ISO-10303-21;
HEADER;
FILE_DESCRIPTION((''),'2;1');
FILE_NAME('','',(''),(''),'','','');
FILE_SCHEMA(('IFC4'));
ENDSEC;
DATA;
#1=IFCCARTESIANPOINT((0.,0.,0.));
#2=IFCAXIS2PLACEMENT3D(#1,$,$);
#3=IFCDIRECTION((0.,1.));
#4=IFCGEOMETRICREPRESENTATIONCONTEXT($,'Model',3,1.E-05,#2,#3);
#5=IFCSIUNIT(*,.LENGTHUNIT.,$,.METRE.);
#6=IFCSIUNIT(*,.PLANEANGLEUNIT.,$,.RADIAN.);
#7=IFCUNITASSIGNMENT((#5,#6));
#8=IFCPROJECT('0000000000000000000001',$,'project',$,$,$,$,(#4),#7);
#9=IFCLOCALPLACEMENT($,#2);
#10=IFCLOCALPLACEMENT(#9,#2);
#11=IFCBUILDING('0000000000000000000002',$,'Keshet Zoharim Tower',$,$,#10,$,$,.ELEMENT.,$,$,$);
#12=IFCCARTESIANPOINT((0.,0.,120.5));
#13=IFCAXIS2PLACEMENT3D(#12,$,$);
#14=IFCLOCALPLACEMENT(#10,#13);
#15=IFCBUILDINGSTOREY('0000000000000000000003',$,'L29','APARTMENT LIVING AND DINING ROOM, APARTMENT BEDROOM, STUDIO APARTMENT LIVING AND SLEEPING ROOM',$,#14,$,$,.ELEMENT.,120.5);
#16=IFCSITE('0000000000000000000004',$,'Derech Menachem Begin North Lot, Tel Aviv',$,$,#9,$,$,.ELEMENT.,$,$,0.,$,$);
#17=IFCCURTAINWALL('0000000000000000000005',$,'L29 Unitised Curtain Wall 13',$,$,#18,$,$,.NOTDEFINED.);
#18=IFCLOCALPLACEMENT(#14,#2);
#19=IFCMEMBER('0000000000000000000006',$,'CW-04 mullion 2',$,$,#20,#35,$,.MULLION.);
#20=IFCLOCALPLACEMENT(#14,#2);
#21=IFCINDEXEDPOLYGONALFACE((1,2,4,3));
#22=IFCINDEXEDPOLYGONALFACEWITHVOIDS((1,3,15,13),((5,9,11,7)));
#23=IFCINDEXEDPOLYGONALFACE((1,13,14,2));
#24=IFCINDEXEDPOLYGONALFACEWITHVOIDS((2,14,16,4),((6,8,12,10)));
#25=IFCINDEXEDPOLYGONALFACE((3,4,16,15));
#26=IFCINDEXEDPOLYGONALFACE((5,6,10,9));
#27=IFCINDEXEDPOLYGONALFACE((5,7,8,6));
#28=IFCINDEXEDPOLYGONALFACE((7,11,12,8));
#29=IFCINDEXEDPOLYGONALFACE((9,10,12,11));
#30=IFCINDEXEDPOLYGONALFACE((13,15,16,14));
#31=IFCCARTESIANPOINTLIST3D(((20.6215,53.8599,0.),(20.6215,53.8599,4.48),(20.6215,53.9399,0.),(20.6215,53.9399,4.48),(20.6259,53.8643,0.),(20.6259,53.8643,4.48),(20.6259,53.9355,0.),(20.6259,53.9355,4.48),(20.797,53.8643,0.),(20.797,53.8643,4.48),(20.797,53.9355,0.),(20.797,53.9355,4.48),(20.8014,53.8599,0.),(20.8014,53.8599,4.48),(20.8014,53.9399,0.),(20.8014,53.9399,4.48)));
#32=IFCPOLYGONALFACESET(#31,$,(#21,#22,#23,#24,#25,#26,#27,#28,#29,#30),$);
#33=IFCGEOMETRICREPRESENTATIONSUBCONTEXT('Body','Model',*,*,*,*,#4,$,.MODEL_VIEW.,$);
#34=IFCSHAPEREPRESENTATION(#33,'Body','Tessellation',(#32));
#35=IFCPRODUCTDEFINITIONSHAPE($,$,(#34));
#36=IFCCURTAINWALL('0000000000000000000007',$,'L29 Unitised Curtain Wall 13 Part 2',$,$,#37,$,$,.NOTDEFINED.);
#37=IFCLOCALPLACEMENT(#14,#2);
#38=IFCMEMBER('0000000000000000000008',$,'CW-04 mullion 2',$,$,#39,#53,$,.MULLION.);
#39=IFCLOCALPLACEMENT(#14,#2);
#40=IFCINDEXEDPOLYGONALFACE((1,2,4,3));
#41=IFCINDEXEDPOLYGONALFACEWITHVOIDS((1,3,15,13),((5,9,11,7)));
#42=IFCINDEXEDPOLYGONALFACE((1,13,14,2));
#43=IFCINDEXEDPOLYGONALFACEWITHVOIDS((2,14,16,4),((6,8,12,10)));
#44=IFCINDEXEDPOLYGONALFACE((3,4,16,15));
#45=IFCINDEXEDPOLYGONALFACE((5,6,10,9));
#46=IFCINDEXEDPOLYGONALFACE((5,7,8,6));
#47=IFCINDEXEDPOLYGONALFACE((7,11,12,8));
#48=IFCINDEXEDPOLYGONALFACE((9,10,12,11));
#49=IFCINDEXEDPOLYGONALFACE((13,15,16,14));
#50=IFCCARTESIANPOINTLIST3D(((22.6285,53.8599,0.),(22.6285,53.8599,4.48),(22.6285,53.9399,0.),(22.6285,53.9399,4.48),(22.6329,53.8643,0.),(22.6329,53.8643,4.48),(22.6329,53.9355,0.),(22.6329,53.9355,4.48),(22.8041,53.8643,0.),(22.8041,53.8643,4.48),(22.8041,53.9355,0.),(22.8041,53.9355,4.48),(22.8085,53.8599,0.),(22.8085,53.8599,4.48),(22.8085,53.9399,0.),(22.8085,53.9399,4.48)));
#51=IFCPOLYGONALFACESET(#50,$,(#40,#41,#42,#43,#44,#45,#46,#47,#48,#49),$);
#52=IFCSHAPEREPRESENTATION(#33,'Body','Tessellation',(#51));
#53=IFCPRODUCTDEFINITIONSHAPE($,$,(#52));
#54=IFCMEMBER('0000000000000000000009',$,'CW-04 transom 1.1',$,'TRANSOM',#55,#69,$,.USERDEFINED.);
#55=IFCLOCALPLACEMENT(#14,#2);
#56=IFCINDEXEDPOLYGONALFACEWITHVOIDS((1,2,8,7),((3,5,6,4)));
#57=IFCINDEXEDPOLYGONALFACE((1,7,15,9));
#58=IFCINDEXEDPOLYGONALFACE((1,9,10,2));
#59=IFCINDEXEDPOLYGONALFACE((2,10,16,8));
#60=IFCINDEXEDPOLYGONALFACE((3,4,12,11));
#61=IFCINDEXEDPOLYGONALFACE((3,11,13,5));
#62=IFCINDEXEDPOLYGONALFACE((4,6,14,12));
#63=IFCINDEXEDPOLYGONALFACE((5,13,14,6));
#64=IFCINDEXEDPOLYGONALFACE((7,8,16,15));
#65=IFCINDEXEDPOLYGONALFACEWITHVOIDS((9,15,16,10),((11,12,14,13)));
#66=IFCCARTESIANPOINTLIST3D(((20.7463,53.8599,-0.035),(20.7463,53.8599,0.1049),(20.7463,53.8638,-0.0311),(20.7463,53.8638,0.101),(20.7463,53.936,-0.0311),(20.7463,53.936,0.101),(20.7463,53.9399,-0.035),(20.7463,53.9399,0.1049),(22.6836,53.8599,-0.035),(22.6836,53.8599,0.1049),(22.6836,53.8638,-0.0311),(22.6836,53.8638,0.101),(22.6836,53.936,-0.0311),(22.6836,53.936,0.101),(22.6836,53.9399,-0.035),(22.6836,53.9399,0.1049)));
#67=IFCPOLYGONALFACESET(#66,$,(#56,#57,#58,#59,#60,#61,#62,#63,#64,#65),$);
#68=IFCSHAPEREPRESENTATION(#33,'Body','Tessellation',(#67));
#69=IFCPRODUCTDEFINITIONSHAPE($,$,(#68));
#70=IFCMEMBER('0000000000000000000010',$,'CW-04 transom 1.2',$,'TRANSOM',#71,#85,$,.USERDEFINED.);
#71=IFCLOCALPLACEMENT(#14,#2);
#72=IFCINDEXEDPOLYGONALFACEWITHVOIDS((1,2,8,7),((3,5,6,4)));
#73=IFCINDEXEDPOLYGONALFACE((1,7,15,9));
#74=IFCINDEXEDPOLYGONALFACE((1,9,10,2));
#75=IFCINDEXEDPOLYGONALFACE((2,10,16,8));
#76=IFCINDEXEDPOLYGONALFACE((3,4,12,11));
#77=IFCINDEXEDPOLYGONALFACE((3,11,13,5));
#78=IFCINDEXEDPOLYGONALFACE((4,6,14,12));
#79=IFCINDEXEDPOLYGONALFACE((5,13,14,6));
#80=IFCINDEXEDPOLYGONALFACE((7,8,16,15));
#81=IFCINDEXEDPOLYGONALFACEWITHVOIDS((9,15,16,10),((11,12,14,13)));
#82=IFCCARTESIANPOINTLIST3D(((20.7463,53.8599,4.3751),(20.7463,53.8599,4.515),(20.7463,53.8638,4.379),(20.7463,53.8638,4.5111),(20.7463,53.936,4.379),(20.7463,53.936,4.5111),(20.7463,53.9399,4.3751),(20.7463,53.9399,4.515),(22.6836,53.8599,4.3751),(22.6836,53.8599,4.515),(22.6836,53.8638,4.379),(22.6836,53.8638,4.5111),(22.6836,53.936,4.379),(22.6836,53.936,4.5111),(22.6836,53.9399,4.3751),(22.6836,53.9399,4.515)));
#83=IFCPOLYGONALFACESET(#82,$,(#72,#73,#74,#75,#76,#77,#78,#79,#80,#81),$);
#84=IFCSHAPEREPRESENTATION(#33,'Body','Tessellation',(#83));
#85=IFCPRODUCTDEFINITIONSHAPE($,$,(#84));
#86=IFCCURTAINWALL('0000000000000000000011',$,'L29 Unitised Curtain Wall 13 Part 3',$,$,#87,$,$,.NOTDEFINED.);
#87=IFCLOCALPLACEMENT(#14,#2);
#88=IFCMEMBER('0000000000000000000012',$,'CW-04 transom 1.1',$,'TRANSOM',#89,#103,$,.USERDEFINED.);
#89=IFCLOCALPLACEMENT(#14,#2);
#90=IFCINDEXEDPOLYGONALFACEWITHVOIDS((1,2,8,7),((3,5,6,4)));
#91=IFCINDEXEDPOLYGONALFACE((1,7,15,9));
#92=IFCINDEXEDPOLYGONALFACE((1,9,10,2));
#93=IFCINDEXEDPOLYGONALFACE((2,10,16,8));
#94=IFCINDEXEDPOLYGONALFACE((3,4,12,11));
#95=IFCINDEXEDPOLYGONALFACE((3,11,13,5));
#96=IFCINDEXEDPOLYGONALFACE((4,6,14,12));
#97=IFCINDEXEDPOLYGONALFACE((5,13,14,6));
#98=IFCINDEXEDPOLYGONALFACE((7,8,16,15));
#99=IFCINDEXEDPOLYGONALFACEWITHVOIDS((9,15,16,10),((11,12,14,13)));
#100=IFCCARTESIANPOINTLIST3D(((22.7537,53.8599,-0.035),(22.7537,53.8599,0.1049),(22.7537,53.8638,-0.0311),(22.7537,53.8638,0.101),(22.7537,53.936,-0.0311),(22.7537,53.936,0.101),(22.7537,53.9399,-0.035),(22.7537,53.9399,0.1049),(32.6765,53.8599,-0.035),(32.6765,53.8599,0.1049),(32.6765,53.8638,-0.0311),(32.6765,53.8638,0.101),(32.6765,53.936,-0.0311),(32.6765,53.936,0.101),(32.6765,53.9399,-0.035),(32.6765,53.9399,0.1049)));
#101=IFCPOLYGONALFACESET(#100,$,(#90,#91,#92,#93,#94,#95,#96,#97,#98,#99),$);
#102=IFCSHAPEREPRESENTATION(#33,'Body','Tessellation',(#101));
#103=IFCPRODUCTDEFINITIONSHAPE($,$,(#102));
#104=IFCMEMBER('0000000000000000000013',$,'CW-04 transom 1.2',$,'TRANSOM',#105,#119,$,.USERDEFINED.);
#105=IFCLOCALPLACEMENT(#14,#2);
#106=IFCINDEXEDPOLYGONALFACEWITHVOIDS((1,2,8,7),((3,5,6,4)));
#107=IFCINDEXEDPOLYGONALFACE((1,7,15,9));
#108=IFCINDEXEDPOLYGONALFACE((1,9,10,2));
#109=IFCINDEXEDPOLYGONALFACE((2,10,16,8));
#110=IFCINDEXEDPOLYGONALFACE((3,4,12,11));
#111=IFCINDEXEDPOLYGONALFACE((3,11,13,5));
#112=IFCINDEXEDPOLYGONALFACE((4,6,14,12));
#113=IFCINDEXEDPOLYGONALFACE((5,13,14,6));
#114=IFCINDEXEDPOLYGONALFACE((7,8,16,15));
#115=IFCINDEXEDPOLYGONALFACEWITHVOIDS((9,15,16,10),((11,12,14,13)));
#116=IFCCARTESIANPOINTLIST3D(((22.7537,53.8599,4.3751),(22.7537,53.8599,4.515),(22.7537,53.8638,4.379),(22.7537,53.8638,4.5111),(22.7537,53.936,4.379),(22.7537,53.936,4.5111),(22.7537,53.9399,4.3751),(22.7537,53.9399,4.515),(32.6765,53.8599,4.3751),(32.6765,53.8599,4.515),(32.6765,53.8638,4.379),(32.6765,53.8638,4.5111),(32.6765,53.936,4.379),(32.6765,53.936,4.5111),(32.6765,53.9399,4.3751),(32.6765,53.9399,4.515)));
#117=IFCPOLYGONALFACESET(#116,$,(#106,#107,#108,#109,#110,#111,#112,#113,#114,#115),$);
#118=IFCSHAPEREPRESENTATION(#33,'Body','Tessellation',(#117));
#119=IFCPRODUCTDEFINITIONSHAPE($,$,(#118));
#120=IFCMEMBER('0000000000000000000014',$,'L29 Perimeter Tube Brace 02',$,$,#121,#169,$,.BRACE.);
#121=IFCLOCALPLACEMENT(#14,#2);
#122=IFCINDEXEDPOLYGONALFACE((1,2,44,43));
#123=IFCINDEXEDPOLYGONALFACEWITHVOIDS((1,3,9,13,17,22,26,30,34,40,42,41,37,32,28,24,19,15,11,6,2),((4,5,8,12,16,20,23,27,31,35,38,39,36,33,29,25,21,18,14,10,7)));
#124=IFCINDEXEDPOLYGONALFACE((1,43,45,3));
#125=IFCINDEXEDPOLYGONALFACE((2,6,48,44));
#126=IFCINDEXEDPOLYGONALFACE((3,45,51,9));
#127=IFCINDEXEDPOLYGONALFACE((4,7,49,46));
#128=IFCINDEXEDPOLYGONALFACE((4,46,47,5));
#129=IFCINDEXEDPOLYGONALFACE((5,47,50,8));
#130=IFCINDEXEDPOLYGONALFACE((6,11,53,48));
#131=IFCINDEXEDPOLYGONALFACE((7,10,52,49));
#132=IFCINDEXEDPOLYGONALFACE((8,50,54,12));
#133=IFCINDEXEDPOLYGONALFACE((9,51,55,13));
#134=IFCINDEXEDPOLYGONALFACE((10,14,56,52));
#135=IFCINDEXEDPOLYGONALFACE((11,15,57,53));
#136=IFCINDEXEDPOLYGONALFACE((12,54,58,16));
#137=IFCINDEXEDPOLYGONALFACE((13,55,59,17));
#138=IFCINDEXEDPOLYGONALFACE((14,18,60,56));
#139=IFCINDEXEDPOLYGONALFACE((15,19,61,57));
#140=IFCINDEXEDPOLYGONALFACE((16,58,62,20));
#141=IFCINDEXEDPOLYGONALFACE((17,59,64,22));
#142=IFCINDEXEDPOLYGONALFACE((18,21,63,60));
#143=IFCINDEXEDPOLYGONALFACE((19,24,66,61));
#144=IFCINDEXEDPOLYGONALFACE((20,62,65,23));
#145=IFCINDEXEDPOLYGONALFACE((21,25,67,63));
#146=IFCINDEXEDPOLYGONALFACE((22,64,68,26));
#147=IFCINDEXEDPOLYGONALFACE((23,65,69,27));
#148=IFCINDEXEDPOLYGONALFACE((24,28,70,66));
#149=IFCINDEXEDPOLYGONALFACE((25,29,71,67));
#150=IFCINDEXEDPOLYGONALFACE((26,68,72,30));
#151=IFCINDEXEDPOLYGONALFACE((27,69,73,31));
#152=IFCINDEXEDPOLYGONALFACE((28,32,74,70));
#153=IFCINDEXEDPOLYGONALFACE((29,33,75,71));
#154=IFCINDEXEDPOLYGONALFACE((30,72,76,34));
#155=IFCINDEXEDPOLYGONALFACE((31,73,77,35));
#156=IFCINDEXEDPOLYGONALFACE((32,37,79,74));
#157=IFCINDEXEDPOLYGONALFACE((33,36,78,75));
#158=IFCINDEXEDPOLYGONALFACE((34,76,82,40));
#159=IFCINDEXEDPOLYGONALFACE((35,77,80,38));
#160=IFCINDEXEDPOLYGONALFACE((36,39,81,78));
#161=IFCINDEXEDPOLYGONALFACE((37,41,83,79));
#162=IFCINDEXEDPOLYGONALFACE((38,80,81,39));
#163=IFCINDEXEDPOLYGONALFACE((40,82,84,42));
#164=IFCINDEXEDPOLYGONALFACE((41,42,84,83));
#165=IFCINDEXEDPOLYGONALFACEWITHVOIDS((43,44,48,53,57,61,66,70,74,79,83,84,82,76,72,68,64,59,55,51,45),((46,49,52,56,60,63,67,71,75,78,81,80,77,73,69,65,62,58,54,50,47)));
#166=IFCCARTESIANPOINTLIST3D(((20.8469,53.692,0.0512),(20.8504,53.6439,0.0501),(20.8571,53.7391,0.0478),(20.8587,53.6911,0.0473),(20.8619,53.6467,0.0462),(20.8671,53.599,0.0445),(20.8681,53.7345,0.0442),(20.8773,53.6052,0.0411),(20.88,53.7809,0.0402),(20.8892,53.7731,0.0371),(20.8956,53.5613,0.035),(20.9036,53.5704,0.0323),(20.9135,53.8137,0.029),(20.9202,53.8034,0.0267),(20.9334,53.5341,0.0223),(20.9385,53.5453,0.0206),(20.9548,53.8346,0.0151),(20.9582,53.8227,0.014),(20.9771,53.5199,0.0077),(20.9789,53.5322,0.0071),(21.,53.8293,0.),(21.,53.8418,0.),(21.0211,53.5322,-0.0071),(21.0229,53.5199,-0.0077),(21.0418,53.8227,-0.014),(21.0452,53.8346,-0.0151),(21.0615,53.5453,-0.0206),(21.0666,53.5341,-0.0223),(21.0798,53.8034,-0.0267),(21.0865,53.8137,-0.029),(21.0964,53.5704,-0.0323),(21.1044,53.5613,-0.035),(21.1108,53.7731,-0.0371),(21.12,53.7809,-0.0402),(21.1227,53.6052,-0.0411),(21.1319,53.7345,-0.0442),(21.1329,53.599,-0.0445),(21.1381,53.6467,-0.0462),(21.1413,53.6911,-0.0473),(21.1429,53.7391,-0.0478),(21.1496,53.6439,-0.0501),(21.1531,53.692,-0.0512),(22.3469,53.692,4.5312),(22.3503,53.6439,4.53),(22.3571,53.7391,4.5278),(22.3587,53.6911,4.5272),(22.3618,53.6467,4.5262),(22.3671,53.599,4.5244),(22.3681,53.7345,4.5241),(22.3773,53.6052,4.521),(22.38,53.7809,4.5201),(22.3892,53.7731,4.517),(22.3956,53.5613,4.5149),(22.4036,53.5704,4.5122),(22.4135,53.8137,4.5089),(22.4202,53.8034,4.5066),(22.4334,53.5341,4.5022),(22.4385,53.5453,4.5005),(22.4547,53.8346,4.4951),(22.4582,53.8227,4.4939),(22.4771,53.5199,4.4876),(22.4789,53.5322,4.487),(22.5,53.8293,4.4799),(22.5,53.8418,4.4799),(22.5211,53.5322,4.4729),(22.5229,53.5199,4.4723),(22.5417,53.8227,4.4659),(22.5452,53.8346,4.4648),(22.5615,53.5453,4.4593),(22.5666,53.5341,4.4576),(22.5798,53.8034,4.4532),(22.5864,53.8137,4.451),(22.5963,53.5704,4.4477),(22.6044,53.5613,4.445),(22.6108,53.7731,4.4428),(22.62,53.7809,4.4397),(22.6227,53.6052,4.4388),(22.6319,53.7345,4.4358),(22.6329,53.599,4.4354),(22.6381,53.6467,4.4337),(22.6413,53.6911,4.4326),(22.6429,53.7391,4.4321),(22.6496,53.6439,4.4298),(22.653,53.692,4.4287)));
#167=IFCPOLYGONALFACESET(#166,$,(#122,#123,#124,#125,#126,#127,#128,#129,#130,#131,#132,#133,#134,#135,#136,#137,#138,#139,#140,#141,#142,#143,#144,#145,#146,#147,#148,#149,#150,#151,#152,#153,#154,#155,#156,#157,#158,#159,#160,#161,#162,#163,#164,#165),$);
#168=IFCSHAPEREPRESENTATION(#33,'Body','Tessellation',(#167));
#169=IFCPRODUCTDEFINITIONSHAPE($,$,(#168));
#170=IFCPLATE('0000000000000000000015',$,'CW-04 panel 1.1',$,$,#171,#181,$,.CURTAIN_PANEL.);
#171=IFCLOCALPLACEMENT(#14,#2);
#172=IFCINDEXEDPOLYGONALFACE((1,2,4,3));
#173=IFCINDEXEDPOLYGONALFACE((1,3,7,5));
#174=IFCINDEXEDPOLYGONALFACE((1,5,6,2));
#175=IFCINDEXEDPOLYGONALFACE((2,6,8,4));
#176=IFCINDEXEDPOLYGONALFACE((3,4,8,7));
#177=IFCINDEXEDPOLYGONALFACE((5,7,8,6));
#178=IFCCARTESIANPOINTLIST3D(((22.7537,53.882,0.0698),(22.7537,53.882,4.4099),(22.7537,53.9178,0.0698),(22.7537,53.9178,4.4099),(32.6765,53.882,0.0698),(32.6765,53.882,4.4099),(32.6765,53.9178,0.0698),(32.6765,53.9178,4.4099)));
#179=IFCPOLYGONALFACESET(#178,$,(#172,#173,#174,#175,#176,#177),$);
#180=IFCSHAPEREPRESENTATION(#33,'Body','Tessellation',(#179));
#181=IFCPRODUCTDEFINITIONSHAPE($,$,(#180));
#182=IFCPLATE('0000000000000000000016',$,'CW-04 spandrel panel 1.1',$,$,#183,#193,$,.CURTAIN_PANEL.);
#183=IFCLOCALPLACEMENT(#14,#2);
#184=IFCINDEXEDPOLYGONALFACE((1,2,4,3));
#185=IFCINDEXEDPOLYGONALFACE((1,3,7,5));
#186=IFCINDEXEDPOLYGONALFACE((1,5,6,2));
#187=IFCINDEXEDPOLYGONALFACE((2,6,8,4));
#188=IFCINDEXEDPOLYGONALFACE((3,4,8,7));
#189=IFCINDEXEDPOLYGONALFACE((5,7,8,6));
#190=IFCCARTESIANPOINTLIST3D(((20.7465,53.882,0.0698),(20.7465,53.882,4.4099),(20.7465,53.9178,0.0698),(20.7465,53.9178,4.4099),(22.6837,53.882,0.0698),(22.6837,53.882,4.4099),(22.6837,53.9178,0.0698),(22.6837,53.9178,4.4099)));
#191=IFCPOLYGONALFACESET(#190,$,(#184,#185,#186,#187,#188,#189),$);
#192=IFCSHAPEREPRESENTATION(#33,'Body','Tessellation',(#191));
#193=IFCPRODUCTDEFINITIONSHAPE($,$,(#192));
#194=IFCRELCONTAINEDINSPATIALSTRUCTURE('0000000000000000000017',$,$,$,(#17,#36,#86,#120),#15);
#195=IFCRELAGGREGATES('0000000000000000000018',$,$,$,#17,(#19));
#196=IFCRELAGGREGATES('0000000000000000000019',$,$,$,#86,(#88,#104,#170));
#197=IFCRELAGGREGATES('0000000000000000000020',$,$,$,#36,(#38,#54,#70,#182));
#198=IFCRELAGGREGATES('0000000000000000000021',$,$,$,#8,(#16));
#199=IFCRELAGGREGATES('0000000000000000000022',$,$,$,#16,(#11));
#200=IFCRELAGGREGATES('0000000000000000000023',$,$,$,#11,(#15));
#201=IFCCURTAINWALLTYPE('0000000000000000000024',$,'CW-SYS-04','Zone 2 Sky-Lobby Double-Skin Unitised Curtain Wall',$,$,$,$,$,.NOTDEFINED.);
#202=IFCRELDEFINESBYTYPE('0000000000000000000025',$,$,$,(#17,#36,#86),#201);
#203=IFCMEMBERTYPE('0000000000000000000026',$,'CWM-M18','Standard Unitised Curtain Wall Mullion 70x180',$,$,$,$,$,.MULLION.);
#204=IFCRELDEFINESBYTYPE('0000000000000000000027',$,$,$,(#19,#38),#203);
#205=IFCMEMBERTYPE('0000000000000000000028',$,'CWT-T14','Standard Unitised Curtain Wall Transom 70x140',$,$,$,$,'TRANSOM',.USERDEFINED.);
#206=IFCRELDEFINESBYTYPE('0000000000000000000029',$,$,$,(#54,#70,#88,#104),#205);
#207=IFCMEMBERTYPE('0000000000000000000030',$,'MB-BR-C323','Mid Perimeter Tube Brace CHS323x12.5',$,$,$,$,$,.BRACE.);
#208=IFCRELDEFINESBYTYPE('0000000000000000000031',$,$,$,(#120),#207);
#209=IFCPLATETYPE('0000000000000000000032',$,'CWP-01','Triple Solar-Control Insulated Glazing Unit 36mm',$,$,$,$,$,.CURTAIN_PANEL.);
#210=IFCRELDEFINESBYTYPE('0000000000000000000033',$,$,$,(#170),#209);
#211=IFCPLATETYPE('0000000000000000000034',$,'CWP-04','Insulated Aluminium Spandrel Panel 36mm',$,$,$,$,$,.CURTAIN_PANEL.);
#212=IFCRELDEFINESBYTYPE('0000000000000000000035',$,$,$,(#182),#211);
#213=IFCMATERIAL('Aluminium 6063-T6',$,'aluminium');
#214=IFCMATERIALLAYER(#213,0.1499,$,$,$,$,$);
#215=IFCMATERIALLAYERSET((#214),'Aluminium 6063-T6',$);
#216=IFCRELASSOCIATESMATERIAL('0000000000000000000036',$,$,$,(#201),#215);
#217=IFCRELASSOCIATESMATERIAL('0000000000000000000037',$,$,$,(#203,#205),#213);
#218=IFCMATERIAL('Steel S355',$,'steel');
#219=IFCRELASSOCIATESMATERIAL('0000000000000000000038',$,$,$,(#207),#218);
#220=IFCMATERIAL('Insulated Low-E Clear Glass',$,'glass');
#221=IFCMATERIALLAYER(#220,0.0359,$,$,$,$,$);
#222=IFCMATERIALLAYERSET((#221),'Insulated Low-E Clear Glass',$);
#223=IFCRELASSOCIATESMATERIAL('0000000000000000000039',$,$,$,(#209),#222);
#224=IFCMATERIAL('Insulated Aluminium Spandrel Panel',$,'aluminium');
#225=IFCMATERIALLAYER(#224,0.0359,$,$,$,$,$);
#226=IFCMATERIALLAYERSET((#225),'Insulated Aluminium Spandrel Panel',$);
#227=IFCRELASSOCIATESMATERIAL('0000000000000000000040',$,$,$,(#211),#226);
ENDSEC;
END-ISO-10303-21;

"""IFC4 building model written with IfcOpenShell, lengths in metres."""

from ifc_helpers import new_model, si_unit, direction, frame, origin, origin_2d, place, context, subcontext, project, spatial, rectangle, hollow_rectangle, hollow_circle, extrude, material, layer, layer_set, material_profile, profile_set, type_object, element, aggregate, save


model = new_model("IFC4")

# Units and contexts
model_context = context("Model", 3, precision=1e-05, world=origin(), true_north=direction((0.0, 1.0)))
body_context = subcontext(model_context, "Body", "Model", "MODEL_VIEW")
ifc_project = project(units=[si_unit("LENGTHUNIT", "METRE"), si_unit("PLANEANGLEUNIT", "RADIAN")], contexts=[model_context])

# Site, building, storey
site_placement = place(None, origin())
site = spatial("IfcSite", under=ifc_project, at=site_placement, Name="Derech Menachem Begin North Lot, Tel Aviv", CompositionType="ELEMENT", RefElevation=0.0)
building_placement = place(site_placement, origin())
building = spatial("IfcBuilding", under=site, at=building_placement, Name="Keshet Zoharim Tower", CompositionType="ELEMENT")
storey_placement = place(building_placement, frame((0.0, 0.0, 120.5)))
storey = spatial("IfcBuildingStorey", under=building, at=storey_placement, Name="L29", Description="APARTMENT LIVING AND DINING ROOM, APARTMENT BEDROOM, STUDIO APARTMENT LIVING AND SLEEPING ROOM", CompositionType="ELEMENT", Elevation=120.5)

# Shared definitions
ifc_material_1 = material(Name="Steel S355", Category="steel")

# Curtain wall, member
ifc_material_2 = material(Name="Aluminium 6063-T6", Category="aluminium")
ifc_layer_1 = layer(ifc_material_2, 0.1499)
ifc_layer_set_1 = layer_set([ifc_layer_1], Name="Aluminium 6063-T6")
curtain_wall_type = type_object("IfcCurtainWallType", Name="CW-SYS-04", Description="Zone 2 Sky-Lobby Double-Skin Unitised Curtain Wall", PredefinedType="NOTDEFINED", material=ifc_layer_set_1)
curtain_wall_1_placement = place(storey_placement, origin())
curtain_wall_1 = element("IfcCurtainWall", 1, at=curtain_wall_1_placement, inside=storey, type_object=curtain_wall_type, Name="L29 Unitised Curtain Wall 13", PredefinedType="NOTDEFINED")
ifc_material_profile_1 = material_profile(ifc_material_2, hollow_rectangle(XDim=0.0801, YDim=0.1799, WallThickness=0.0044, at=origin_2d()), Name="MUL-80x180")
ifc_profile_set_1 = profile_set([ifc_material_profile_1], Name="Aluminium 6063-T6")
member_type_1 = type_object("IfcMemberType", Name="CWM-M18", Description="Standard Unitised Curtain Wall Mullion 70x180", PredefinedType="MULLION", material=ifc_profile_set_1)
member_1_placement = place(storey_placement, frame((20.7114, 53.8999, 0.0), z_axis=(0.0, 0.0, 1.0), x_axis=(0.0, 1.0, 0.0)))
member_1 = element("IfcMember", 2, at=member_1_placement, type_object=member_type_1, Name="CW-04 mullion 2", PredefinedType="MULLION", context=body_context, shape_type="SweptSolid", body=[
    extrude(hollow_rectangle(XDim=0.0801, YDim=0.1799, WallThickness=0.0044, at=origin_2d()), origin(), (0.0, 0.0, 1.0), 4.48),
])
aggregate(curtain_wall_1, [member_1])

# Curtain walls, members
curtain_wall_2_placement = place(storey_placement, origin())
curtain_wall_2 = element("IfcCurtainWall", 3, at=curtain_wall_2_placement, inside=storey, type_object=curtain_wall_type, Name="L29 Unitised Curtain Wall 13 Part 2", PredefinedType="NOTDEFINED")
member_2_placement = place(storey_placement, frame((22.7185, 53.8999, 0.0), z_axis=(0.0, 0.0, 1.0), x_axis=(0.0, 1.0, 0.0)))
member_2 = element("IfcMember", 4, at=member_2_placement, type_object=member_type_1, Name="CW-04 mullion 2", PredefinedType="MULLION", context=body_context, shape_type="SweptSolid", body=[
    extrude(hollow_rectangle(XDim=0.0801, YDim=0.1799, WallThickness=0.0044, at=origin_2d()), origin(), (0.0, 0.0, 1.0), 4.48),
])
ifc_material_profile_2 = material_profile(ifc_material_2, hollow_rectangle(XDim=0.0801, YDim=0.1399, WallThickness=0.0039, at=origin_2d()), Name="TRN-80x140")
ifc_profile_set_2 = profile_set([ifc_material_profile_2], Name="Aluminium 6063-T6")
member_type_2 = type_object("IfcMemberType", Name="CWT-T14", Description="Standard Unitised Curtain Wall Transom 70x140", ElementType="TRANSOM", PredefinedType="USERDEFINED", material=ifc_profile_set_2)
member_3_placement = place(storey_placement, frame((20.7463, 53.8999, 0.0349), z_axis=(1.0, 0.0, 0.0), x_axis=(0.0, 1.0, 0.0)))
member_3 = element("IfcMember", 5, at=member_3_placement, type_object=member_type_2, Name="CW-04 transom 1.1", ObjectType="TRANSOM", PredefinedType="USERDEFINED", context=body_context, shape_type="SweptSolid", body=[
    extrude(hollow_rectangle(XDim=0.0801, YDim=0.1399, WallThickness=0.0039, at=origin_2d()), origin(), (0.0, 0.0, 1.0), 1.9373),
])
member_4_placement = place(storey_placement, frame((20.7463, 53.8999, 4.4451), z_axis=(1.0, 0.0, 0.0), x_axis=(0.0, 1.0, 0.0)))
member_4 = element("IfcMember", 6, at=member_4_placement, type_object=member_type_2, Name="CW-04 transom 1.2", ObjectType="TRANSOM", PredefinedType="USERDEFINED", context=body_context, shape_type="SweptSolid", body=[
    extrude(hollow_rectangle(XDim=0.0801, YDim=0.1399, WallThickness=0.0039, at=origin_2d()), origin(), (0.0, 0.0, 1.0), 1.9373),
])
curtain_wall_3_placement = place(storey_placement, origin())
curtain_wall_3 = element("IfcCurtainWall", 7, at=curtain_wall_3_placement, inside=storey, type_object=curtain_wall_type, Name="L29 Unitised Curtain Wall 13 Part 3", PredefinedType="NOTDEFINED")
member_5_placement = place(storey_placement, frame((22.7537, 53.8999, 0.0349), z_axis=(1.0, 0.0, 0.0), x_axis=(0.0, 1.0, 0.0)))
member_5 = element("IfcMember", 8, at=member_5_placement, type_object=member_type_2, Name="CW-04 transom 1.1", ObjectType="TRANSOM", PredefinedType="USERDEFINED", context=body_context, shape_type="SweptSolid", body=[
    extrude(hollow_rectangle(XDim=0.0801, YDim=0.1399, WallThickness=0.0039, at=origin_2d()), origin(), (0.0, 0.0, 1.0), 9.9229),
])
member_6_placement = place(storey_placement, frame((22.7537, 53.8999, 4.4451), z_axis=(1.0, 0.0, 0.0), x_axis=(0.0, 1.0, 0.0)))
member_6 = element("IfcMember", 9, at=member_6_placement, type_object=member_type_2, Name="CW-04 transom 1.2", ObjectType="TRANSOM", PredefinedType="USERDEFINED", context=body_context, shape_type="SweptSolid", body=[
    extrude(hollow_rectangle(XDim=0.0801, YDim=0.1399, WallThickness=0.0039, at=origin_2d()), origin(), (0.0, 0.0, 1.0), 9.9229),
])

# Member
ifc_material_profile_3 = material_profile(ifc_material_1, hollow_circle(Radius=0.1619, WallThickness=0.0125, at=origin_2d()), Name="CHS323x12.5")
ifc_profile_set_3 = profile_set([ifc_material_profile_3], Name="Steel S355")
member_type_3 = type_object("IfcMemberType", Name="MB-BR-C323", Description="Mid Perimeter Tube Brace CHS323x12.5", PredefinedType="BRACE", material=ifc_profile_set_3)
member_7_placement = place(storey_placement, frame((21.0, 53.6799, 0.0), z_axis=(0.317499, 0.0, 0.948259), x_axis=(0.0, 1.0, 0.0)))
element("IfcMember", 10, at=member_7_placement, inside=storey, type_object=member_type_3, Name="L29 Perimeter Tube Brace 02", PredefinedType="BRACE", context=body_context, shape_type="SweptSolid", body=[
    extrude(hollow_circle(Radius=0.1619, WallThickness=0.0125, at=origin_2d()), origin(), (0.0, 0.0, 1.0), 4.7244),
])

# Plates
ifc_material_3 = material(Name="Insulated Low-E Clear Glass", Category="glass")
ifc_layer_2 = layer(ifc_material_3, 0.0359)
ifc_layer_set_2 = layer_set([ifc_layer_2], Name="Insulated Low-E Clear Glass")
plate_type_1 = type_object("IfcPlateType", Name="CWP-01", Description="Triple Solar-Control Insulated Glazing Unit 36mm", PredefinedType="CURTAIN_PANEL", material=ifc_layer_set_2)
plate_1_placement = place(storey_placement, frame((27.7151, 53.8999, 0.0698), z_axis=(0.0, 0.0, 1.0), x_axis=(1.0, 0.0, 0.0)))
plate_1 = element("IfcPlate", 11, at=plate_1_placement, type_object=plate_type_1, Name="CW-04 panel 1.1", PredefinedType="CURTAIN_PANEL", context=body_context, shape_type="SweptSolid", body=[
    extrude(rectangle(XDim=9.9229, YDim=0.0359, at=origin_2d()), origin(), (0.0, 0.0, 1.0), 4.3401),
])
aggregate(curtain_wall_3, [member_5, member_6, plate_1])
ifc_material_4 = material(Name="Insulated Aluminium Spandrel Panel", Category="aluminium")
ifc_layer_3 = layer(ifc_material_4, 0.0359)
ifc_layer_set_3 = layer_set([ifc_layer_3], Name="Insulated Aluminium Spandrel Panel")
plate_type_2 = type_object("IfcPlateType", Name="CWP-04", Description="Insulated Aluminium Spandrel Panel 36mm", PredefinedType="CURTAIN_PANEL", material=ifc_layer_set_3)
plate_2_placement = place(storey_placement, frame((21.7151, 53.8999, 0.0698), z_axis=(0.0, 0.0, 1.0), x_axis=(1.0, 0.0, 0.0)))
plate_2 = element("IfcPlate", 12, at=plate_2_placement, type_object=plate_type_2, Name="CW-04 spandrel panel 1.1", PredefinedType="CURTAIN_PANEL", context=body_context, shape_type="SweptSolid", body=[
    extrude(rectangle(XDim=1.9373, YDim=0.0359, at=origin_2d()), origin(), (0.0, 0.0, 1.0), 4.3401),
])
aggregate(curtain_wall_2, [member_2, member_3, member_4, plate_2])

save(model, "model.ifc")
